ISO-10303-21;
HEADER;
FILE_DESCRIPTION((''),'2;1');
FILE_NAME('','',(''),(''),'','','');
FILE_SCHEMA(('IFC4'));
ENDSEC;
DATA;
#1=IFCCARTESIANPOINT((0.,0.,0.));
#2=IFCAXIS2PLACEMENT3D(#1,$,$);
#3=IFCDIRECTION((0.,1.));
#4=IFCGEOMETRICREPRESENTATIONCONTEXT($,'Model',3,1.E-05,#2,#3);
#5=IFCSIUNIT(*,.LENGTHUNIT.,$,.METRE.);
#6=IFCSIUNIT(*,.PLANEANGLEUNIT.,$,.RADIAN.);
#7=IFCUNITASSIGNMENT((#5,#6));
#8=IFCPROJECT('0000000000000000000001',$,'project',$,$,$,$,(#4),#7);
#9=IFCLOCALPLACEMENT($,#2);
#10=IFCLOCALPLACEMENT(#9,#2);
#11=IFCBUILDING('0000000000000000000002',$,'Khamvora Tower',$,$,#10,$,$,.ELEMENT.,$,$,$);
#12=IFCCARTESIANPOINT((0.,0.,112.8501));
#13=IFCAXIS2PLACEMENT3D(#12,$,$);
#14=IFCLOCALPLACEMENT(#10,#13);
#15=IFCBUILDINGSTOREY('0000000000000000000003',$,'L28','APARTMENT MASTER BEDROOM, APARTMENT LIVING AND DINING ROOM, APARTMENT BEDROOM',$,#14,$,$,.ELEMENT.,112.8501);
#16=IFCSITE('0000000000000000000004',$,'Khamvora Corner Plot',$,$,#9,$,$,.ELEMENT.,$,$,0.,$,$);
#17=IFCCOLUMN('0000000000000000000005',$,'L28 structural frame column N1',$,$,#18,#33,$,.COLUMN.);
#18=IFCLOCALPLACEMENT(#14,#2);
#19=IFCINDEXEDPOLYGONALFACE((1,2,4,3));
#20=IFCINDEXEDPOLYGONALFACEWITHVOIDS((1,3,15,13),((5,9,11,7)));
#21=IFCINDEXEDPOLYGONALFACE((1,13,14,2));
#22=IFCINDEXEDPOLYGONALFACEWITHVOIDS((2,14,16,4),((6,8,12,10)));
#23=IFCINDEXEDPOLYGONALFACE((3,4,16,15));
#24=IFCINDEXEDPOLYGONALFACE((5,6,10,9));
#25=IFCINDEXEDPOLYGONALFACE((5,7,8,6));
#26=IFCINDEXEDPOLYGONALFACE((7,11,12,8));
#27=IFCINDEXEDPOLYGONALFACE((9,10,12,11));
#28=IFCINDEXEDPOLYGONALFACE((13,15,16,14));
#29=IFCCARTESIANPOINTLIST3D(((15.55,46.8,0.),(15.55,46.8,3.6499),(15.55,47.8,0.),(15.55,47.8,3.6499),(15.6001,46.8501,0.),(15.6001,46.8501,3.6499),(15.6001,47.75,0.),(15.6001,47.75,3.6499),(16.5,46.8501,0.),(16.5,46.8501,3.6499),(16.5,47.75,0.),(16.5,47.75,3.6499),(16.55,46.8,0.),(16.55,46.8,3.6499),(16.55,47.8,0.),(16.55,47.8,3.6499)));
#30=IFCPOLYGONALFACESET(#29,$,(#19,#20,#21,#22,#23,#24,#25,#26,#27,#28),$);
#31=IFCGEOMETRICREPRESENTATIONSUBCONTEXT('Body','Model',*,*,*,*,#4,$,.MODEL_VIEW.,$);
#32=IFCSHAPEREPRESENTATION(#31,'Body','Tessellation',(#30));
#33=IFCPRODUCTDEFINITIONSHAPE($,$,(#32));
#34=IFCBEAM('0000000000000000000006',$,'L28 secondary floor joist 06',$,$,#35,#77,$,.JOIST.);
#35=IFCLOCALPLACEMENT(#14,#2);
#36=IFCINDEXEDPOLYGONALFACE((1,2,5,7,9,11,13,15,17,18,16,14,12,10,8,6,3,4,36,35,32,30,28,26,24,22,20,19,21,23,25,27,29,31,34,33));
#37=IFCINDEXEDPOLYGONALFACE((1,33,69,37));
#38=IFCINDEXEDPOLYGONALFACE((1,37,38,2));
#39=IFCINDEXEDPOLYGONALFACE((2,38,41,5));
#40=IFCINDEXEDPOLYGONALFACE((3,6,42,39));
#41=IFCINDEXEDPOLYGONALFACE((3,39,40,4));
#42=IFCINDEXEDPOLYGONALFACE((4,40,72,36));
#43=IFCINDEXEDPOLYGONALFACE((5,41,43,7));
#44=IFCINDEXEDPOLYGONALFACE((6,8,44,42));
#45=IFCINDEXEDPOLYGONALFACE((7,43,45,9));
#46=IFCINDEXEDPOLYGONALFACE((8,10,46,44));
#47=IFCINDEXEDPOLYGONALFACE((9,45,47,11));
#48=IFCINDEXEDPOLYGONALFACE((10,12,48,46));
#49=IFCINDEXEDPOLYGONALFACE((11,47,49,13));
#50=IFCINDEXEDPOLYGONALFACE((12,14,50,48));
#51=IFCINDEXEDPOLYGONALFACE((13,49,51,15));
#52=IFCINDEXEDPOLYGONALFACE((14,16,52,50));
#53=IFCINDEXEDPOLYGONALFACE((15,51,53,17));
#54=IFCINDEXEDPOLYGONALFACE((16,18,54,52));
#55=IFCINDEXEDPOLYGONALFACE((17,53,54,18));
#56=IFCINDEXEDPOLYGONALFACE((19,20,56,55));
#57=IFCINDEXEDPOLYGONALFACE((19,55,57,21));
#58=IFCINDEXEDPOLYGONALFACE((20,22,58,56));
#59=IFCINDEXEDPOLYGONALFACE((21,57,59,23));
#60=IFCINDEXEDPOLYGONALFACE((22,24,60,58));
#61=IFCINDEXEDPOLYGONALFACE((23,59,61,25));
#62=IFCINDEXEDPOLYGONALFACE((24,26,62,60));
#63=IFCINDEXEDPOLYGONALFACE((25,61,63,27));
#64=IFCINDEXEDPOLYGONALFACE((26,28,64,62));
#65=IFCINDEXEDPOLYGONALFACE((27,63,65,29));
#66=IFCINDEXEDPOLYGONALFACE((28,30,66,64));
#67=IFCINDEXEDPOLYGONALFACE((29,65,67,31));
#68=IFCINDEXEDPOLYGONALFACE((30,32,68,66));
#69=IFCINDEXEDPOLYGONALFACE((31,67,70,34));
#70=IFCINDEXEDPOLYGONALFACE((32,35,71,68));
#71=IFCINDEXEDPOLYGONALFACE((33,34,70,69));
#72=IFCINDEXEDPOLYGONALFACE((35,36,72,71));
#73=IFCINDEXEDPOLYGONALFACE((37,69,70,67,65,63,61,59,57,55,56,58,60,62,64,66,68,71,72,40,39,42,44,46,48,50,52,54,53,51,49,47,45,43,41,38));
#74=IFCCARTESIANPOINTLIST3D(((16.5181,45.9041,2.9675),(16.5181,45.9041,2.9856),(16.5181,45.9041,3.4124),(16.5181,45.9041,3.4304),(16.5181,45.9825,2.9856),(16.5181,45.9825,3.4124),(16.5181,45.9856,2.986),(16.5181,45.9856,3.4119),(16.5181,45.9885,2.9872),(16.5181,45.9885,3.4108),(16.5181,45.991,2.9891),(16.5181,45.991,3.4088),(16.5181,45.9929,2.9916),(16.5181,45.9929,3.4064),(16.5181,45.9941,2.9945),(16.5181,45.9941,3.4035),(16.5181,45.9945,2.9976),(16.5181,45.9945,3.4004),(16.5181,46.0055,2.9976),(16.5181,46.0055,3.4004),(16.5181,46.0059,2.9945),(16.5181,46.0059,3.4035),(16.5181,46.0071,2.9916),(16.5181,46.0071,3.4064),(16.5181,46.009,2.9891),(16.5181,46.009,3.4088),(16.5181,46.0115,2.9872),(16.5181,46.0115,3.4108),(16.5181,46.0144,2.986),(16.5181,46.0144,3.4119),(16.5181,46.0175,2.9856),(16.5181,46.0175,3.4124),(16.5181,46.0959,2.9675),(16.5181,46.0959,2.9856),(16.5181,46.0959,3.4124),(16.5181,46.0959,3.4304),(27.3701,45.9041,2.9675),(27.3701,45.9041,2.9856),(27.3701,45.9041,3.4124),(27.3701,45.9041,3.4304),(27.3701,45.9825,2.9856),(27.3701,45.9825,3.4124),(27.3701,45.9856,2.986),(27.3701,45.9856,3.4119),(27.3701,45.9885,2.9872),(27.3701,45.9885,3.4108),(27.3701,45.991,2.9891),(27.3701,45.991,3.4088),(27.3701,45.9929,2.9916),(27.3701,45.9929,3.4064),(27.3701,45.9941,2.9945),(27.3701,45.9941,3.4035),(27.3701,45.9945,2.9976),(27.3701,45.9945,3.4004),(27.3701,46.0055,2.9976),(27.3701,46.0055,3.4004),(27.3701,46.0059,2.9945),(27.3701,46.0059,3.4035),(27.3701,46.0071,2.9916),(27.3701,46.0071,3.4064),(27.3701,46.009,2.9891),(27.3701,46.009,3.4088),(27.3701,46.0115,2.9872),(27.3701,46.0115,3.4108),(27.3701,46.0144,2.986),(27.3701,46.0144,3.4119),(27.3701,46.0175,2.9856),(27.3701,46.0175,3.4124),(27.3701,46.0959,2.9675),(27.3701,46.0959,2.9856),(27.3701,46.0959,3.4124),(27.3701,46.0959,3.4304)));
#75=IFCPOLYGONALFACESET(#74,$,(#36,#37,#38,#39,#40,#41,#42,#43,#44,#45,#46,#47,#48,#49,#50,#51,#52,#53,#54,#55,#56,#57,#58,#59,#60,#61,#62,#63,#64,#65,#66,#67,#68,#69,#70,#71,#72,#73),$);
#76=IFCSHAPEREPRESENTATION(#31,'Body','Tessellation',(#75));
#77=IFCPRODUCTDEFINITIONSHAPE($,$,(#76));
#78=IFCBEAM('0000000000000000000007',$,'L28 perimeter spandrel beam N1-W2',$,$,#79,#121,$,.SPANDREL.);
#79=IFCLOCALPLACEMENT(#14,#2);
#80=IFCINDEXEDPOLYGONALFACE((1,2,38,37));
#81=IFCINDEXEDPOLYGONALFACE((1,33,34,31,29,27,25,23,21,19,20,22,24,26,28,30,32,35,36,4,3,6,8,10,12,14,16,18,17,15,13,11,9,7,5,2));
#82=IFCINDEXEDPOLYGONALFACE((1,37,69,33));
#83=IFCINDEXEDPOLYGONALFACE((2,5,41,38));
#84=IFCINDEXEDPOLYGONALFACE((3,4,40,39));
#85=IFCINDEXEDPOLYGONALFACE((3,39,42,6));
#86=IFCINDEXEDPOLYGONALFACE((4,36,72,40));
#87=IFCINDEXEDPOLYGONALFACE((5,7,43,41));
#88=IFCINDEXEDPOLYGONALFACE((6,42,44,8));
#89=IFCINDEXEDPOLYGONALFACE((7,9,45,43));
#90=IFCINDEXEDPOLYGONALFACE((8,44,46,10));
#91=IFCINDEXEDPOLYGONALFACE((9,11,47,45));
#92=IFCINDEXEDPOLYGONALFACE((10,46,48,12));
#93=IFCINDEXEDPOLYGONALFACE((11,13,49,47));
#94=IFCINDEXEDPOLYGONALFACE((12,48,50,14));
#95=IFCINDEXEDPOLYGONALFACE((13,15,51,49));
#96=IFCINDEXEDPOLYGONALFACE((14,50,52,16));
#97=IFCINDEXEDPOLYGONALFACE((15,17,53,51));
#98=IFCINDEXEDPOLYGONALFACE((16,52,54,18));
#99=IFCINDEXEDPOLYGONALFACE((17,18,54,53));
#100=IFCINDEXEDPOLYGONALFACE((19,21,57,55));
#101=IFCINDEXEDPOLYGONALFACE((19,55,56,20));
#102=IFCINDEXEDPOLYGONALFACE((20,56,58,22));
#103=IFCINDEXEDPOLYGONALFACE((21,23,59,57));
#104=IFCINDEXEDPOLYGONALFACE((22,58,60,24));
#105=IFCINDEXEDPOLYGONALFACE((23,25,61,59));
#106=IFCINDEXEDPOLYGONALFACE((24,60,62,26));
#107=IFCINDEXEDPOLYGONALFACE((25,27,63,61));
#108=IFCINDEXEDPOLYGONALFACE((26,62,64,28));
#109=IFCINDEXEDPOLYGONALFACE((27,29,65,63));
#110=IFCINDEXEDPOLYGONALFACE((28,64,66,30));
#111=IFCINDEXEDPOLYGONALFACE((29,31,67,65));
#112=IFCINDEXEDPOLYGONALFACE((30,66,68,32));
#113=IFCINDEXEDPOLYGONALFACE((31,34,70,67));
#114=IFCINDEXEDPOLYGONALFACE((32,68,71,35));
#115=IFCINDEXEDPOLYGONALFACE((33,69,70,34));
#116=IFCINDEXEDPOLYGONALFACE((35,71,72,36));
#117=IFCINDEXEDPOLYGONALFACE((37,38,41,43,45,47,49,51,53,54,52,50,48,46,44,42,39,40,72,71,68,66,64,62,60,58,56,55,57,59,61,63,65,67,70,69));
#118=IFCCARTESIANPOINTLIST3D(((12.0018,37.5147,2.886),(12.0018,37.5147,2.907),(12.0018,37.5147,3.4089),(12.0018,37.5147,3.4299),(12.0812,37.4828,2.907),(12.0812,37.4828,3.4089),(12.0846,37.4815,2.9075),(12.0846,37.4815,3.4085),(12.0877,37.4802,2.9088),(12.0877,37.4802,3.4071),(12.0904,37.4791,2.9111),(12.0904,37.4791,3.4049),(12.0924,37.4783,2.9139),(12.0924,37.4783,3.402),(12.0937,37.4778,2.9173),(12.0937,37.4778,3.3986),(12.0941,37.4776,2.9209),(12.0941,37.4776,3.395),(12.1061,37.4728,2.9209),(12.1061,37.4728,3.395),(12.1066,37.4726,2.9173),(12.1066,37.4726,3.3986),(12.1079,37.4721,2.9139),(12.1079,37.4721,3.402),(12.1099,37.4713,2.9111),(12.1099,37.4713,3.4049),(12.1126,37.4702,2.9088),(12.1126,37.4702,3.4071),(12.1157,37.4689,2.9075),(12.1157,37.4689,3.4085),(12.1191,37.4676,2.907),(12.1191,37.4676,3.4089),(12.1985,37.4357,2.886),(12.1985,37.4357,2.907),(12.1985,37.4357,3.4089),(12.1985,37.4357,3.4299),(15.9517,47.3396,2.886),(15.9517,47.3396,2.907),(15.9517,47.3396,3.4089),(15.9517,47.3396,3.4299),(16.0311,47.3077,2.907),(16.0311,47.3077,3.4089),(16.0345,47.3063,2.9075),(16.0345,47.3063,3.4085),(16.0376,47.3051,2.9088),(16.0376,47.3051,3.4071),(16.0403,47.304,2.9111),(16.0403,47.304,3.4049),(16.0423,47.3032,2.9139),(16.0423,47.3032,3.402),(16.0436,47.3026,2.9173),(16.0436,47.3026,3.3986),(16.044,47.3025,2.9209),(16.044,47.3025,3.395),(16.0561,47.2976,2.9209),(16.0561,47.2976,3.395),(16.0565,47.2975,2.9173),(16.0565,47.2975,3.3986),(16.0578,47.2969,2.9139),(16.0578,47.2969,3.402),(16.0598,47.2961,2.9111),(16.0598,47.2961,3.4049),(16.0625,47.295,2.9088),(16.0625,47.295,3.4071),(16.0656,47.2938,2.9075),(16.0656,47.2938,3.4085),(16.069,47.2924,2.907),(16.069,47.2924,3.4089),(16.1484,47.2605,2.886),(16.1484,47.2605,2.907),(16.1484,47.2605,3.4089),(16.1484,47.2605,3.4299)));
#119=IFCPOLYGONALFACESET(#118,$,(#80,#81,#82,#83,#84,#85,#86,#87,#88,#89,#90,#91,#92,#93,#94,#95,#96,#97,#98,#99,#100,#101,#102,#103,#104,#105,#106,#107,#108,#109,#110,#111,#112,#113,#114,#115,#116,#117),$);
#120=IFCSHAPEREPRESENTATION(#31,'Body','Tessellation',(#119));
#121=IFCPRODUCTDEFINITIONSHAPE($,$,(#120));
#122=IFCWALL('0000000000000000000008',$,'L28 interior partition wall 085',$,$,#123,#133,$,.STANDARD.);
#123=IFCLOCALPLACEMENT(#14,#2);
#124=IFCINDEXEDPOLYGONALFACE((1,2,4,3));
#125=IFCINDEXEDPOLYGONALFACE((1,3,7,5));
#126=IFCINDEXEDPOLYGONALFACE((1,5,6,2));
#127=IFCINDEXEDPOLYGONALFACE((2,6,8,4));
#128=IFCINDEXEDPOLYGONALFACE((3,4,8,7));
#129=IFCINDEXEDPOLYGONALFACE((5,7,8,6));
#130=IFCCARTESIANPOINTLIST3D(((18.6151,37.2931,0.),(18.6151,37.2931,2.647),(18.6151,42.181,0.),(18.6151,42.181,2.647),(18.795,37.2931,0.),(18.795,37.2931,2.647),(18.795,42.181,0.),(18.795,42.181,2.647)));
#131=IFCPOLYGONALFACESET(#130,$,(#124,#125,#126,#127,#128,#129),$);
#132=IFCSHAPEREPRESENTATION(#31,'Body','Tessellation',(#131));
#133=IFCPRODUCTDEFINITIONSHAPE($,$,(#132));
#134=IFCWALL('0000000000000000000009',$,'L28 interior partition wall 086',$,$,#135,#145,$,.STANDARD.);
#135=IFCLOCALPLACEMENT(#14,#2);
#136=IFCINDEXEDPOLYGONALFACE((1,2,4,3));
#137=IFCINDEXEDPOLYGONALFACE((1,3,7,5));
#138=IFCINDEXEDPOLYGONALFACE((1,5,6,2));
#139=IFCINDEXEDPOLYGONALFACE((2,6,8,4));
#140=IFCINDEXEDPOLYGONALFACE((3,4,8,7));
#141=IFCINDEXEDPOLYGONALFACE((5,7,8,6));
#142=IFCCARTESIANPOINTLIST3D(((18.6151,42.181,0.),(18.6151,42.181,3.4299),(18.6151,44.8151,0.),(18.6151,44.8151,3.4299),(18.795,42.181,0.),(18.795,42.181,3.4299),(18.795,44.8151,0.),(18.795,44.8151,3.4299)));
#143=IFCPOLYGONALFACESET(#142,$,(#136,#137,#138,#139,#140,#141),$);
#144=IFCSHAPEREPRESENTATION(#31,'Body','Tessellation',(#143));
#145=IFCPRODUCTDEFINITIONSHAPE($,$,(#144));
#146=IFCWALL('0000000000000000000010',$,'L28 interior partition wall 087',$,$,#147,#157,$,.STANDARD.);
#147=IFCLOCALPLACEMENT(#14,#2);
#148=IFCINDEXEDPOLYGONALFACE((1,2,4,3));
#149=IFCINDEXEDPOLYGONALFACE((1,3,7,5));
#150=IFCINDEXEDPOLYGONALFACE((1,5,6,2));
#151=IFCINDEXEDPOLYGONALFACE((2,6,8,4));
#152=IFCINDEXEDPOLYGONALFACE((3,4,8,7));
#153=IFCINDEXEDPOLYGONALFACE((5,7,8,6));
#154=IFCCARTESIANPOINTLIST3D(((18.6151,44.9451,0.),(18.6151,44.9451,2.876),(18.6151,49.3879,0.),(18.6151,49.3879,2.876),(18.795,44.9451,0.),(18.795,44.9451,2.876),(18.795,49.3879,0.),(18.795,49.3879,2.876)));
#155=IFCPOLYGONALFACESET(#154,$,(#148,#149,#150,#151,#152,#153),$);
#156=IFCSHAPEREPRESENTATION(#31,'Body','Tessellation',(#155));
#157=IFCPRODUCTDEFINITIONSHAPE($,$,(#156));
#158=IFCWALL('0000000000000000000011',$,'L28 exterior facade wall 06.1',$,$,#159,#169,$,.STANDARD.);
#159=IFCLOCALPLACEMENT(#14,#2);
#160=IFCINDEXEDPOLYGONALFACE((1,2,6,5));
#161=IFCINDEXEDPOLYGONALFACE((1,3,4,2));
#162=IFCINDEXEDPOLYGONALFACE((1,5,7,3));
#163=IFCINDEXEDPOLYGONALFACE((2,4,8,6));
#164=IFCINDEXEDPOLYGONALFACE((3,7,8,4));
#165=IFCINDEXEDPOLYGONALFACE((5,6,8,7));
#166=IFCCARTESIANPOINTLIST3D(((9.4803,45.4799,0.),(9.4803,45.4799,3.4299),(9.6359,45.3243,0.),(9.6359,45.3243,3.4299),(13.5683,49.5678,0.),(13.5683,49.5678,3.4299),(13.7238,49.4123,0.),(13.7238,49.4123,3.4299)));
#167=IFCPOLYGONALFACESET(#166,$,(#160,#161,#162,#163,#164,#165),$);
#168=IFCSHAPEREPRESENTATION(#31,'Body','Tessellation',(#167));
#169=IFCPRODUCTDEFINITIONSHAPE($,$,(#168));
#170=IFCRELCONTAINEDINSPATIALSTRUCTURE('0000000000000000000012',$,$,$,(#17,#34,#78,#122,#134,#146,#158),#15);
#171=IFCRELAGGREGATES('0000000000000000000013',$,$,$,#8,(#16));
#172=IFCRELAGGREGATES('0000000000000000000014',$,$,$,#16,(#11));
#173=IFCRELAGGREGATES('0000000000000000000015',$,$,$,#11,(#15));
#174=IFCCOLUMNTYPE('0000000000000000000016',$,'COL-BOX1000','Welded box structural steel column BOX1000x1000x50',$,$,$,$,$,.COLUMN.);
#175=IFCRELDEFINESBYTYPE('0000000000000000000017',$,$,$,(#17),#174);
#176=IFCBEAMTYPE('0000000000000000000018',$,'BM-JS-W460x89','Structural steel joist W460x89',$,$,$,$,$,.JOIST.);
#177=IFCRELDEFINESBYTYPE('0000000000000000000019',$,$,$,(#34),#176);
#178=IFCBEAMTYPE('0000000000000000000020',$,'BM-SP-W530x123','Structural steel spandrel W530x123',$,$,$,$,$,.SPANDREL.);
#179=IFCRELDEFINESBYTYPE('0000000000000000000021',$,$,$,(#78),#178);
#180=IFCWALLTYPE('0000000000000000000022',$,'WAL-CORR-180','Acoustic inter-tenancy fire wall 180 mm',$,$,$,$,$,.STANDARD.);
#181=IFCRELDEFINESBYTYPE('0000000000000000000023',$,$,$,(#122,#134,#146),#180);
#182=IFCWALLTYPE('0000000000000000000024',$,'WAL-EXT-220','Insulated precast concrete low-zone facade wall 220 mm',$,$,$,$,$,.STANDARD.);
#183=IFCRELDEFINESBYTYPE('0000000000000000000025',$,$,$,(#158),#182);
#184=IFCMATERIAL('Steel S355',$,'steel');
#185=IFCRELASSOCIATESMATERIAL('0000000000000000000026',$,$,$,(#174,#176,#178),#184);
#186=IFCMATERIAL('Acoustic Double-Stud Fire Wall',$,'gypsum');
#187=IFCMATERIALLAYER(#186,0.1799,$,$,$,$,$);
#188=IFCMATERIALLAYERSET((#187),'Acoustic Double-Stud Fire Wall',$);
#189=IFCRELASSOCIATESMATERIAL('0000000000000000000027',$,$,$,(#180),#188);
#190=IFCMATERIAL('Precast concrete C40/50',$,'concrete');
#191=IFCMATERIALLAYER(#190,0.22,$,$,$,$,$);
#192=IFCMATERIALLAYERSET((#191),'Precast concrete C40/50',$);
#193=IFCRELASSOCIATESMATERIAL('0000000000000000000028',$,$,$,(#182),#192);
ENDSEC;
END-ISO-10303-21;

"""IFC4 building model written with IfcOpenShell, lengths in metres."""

from ifc_helpers import new_model, si_unit, direction, frame, frame_2d, origin, origin_2d, place, context, subcontext, project, spatial, rectangle, hollow_rectangle, i_section, extrude, material, layer, layer_set, material_profile, profile_set, type_object, element, save


model = new_model("IFC4")

# Units and contexts
model_context = context("Model", 3, precision=1e-05, world=origin(), true_north=direction((0.0, 1.0)))
body_context = subcontext(model_context, "Body", "Model", "MODEL_VIEW")
ifc_project = project(units=[si_unit("LENGTHUNIT", "METRE"), si_unit("PLANEANGLEUNIT", "RADIAN")], contexts=[model_context])

# Site, building, storey
site_placement = place(None, origin())
site = spatial("IfcSite", under=ifc_project, at=site_placement, Name="Khamvora Corner Plot", CompositionType="ELEMENT", RefElevation=0.0)
building_placement = place(site_placement, origin())
building = spatial("IfcBuilding", under=site, at=building_placement, Name="Khamvora Tower", CompositionType="ELEMENT")
storey_placement = place(building_placement, frame((0.0, 0.0, 112.8501)))
storey = spatial("IfcBuildingStorey", under=building, at=storey_placement, Name="L28", Description="APARTMENT MASTER BEDROOM, APARTMENT LIVING AND DINING ROOM, APARTMENT BEDROOM", CompositionType="ELEMENT", Elevation=112.8501)

# Column
ifc_material_1 = material(Name="Steel S355", Category="steel")
ifc_material_profile_1 = material_profile(ifc_material_1, hollow_rectangle(XDim=1.0, YDim=1.0, WallThickness=0.05, at=origin_2d()), Name="BOX1000x1000x50")
ifc_profile_set_1 = profile_set([ifc_material_profile_1], Name="Steel S355")
column_type = type_object("IfcColumnType", Name="COL-BOX1000", Description="Welded box structural steel column BOX1000x1000x50", PredefinedType="COLUMN", material=ifc_profile_set_1)
column_placement = place(storey_placement, frame((16.05, 47.3, 0.0), z_axis=(0.0, 0.0, 1.0), x_axis=(1.0, 0.0, 0.0)))
element("IfcColumn", 1, at=column_placement, inside=storey, type_object=column_type, Name="L28 structural frame column N1", PredefinedType="COLUMN", context=body_context, shape_type="SweptSolid", body=[
    extrude(hollow_rectangle(XDim=1.0, YDim=1.0, WallThickness=0.05, at=origin_2d()), origin(), (0.0, 0.0, 1.0), 3.6499),
])

# Beams
ifc_material_profile_2 = material_profile(ifc_material_1, i_section(OverallWidth=0.1919, OverallDepth=0.4629, WebThickness=0.011, FlangeThickness=0.0181, FilletRadius=0.012, at=origin_2d()), Name="W460x89")
ifc_profile_set_2 = profile_set([ifc_material_profile_2], Name="Steel S355")
beam_type_1 = type_object("IfcBeamType", Name="BM-JS-W460x89", Description="Structural steel joist W460x89", PredefinedType="JOIST", material=ifc_profile_set_2)
beam_1_placement = place(storey_placement, frame((16.5181, 46.0, 3.199), z_axis=(1.0, 0.0, 0.0), x_axis=(0.0, 1.0, 0.0)))
element("IfcBeam", 2, at=beam_1_placement, inside=storey, type_object=beam_type_1, Name="L28 secondary floor joist 06", PredefinedType="JOIST", context=body_context, shape_type="SweptSolid", body=[
    extrude(i_section(OverallWidth=0.1919, OverallDepth=0.4629, WebThickness=0.011, FlangeThickness=0.0181, FilletRadius=0.012, at=origin_2d()), origin(), (0.0, 0.0, 1.0), 10.8521),
])
ifc_material_profile_3 = material_profile(ifc_material_1, i_section(OverallWidth=0.2119, OverallDepth=0.5439, WebThickness=0.0129, FlangeThickness=0.021, FilletRadius=0.0139, at=origin_2d()), Name="W530x123")
ifc_profile_set_3 = profile_set([ifc_material_profile_3], Name="Steel S355")
beam_type_2 = type_object("IfcBeamType", Name="BM-SP-W530x123", Description="Structural steel spandrel W530x123", PredefinedType="SPANDREL", material=ifc_profile_set_3)
beam_2_placement = place(storey_placement, frame((16.05, 47.3, 3.158), z_axis=(-0.373016, -0.927825, 0.0), x_axis=(0.927825, -0.373016, 0.0)))
element("IfcBeam", 3, at=beam_2_placement, inside=storey, type_object=beam_type_2, Name="L28 perimeter spandrel beam N1-W2", PredefinedType="SPANDREL", context=body_context, shape_type="SweptSolid", body=[
    extrude(i_section(OverallWidth=0.2119, OverallDepth=0.5439, WebThickness=0.0129, FlangeThickness=0.021, FilletRadius=0.0139, at=origin_2d()), origin(), (0.0, 0.0, 1.0), 10.5891),
])

# Walls
ifc_material_2 = material(Name="Acoustic Double-Stud Fire Wall", Category="gypsum")
ifc_layer_1 = layer(ifc_material_2, 0.1799)
ifc_layer_set_1 = layer_set([ifc_layer_1], Name="Acoustic Double-Stud Fire Wall")
wall_type_1 = type_object("IfcWallType", Name="WAL-CORR-180", Description="Acoustic inter-tenancy fire wall 180 mm", PredefinedType="STANDARD", material=ifc_layer_set_1)
wall_1_placement = place(storey_placement, frame((18.7051, 42.1809, 0.0), z_axis=(0.0, 0.0, 1.0), x_axis=(0.0, -1.0, 0.0)))
element("IfcWall", 4, at=wall_1_placement, inside=storey, type_object=wall_type_1, Name="L28 interior partition wall 085", PredefinedType="STANDARD", context=body_context, shape_type="SweptSolid", body=[
    extrude(rectangle(XDim=4.8879, YDim=0.1799, at=frame_2d((2.4438, 0.0))), origin(), (0.0, 0.0, 1.0), 2.647),
])
wall_2_placement = place(storey_placement, frame((18.7051, 44.8149, 0.0), z_axis=(0.0, 0.0, 1.0), x_axis=(0.0, -1.0, 0.0)))
element("IfcWall", 5, at=wall_2_placement, inside=storey, type_object=wall_type_1, Name="L28 interior partition wall 086", PredefinedType="STANDARD", context=body_context, shape_type="SweptSolid", body=[
    extrude(rectangle(XDim=2.634, YDim=0.1799, at=frame_2d((1.3169, 0.0))), origin(), (0.0, 0.0, 1.0), 3.4299),
])
wall_3_placement = place(storey_placement, frame((18.7051, 49.3879, 0.0), z_axis=(0.0, 0.0, 1.0), x_axis=(0.0, -1.0, 0.0)))
element("IfcWall", 6, at=wall_3_placement, inside=storey, type_object=wall_type_1, Name="L28 interior partition wall 087", PredefinedType="STANDARD", context=body_context, shape_type="SweptSolid", body=[
    extrude(rectangle(XDim=4.4429, YDim=0.1799, at=frame_2d((2.2214, 0.0))), origin(), (0.0, 0.0, 1.0), 2.876),
])
ifc_material_3 = material(Name="Precast concrete C40/50", Category="concrete")
ifc_layer_2 = layer(ifc_material_3, 0.22)
ifc_layer_set_2 = layer_set([ifc_layer_2], Name="Precast concrete C40/50")
wall_type_2 = type_object("IfcWallType", Name="WAL-EXT-220", Description="Insulated precast concrete low-zone facade wall 220 mm", PredefinedType="STANDARD", material=ifc_layer_set_2)
wall_4_placement = place(storey_placement, frame((9.5581, 45.4021, 0.0), z_axis=(0.0, 0.0, 1.0), x_axis=(0.707107, 0.707107, 0.0)))
element("IfcWall", 7, at=wall_4_placement, inside=storey, type_object=wall_type_2, Name="L28 exterior facade wall 06.1", PredefinedType="STANDARD", context=body_context, shape_type="SweptSolid", body=[
    extrude(rectangle(XDim=5.7812, YDim=0.22, at=frame_2d((2.8906, 0.0))), origin(), (0.0, 0.0, 1.0), 3.4299),
])

save(model, "model.ifc")
